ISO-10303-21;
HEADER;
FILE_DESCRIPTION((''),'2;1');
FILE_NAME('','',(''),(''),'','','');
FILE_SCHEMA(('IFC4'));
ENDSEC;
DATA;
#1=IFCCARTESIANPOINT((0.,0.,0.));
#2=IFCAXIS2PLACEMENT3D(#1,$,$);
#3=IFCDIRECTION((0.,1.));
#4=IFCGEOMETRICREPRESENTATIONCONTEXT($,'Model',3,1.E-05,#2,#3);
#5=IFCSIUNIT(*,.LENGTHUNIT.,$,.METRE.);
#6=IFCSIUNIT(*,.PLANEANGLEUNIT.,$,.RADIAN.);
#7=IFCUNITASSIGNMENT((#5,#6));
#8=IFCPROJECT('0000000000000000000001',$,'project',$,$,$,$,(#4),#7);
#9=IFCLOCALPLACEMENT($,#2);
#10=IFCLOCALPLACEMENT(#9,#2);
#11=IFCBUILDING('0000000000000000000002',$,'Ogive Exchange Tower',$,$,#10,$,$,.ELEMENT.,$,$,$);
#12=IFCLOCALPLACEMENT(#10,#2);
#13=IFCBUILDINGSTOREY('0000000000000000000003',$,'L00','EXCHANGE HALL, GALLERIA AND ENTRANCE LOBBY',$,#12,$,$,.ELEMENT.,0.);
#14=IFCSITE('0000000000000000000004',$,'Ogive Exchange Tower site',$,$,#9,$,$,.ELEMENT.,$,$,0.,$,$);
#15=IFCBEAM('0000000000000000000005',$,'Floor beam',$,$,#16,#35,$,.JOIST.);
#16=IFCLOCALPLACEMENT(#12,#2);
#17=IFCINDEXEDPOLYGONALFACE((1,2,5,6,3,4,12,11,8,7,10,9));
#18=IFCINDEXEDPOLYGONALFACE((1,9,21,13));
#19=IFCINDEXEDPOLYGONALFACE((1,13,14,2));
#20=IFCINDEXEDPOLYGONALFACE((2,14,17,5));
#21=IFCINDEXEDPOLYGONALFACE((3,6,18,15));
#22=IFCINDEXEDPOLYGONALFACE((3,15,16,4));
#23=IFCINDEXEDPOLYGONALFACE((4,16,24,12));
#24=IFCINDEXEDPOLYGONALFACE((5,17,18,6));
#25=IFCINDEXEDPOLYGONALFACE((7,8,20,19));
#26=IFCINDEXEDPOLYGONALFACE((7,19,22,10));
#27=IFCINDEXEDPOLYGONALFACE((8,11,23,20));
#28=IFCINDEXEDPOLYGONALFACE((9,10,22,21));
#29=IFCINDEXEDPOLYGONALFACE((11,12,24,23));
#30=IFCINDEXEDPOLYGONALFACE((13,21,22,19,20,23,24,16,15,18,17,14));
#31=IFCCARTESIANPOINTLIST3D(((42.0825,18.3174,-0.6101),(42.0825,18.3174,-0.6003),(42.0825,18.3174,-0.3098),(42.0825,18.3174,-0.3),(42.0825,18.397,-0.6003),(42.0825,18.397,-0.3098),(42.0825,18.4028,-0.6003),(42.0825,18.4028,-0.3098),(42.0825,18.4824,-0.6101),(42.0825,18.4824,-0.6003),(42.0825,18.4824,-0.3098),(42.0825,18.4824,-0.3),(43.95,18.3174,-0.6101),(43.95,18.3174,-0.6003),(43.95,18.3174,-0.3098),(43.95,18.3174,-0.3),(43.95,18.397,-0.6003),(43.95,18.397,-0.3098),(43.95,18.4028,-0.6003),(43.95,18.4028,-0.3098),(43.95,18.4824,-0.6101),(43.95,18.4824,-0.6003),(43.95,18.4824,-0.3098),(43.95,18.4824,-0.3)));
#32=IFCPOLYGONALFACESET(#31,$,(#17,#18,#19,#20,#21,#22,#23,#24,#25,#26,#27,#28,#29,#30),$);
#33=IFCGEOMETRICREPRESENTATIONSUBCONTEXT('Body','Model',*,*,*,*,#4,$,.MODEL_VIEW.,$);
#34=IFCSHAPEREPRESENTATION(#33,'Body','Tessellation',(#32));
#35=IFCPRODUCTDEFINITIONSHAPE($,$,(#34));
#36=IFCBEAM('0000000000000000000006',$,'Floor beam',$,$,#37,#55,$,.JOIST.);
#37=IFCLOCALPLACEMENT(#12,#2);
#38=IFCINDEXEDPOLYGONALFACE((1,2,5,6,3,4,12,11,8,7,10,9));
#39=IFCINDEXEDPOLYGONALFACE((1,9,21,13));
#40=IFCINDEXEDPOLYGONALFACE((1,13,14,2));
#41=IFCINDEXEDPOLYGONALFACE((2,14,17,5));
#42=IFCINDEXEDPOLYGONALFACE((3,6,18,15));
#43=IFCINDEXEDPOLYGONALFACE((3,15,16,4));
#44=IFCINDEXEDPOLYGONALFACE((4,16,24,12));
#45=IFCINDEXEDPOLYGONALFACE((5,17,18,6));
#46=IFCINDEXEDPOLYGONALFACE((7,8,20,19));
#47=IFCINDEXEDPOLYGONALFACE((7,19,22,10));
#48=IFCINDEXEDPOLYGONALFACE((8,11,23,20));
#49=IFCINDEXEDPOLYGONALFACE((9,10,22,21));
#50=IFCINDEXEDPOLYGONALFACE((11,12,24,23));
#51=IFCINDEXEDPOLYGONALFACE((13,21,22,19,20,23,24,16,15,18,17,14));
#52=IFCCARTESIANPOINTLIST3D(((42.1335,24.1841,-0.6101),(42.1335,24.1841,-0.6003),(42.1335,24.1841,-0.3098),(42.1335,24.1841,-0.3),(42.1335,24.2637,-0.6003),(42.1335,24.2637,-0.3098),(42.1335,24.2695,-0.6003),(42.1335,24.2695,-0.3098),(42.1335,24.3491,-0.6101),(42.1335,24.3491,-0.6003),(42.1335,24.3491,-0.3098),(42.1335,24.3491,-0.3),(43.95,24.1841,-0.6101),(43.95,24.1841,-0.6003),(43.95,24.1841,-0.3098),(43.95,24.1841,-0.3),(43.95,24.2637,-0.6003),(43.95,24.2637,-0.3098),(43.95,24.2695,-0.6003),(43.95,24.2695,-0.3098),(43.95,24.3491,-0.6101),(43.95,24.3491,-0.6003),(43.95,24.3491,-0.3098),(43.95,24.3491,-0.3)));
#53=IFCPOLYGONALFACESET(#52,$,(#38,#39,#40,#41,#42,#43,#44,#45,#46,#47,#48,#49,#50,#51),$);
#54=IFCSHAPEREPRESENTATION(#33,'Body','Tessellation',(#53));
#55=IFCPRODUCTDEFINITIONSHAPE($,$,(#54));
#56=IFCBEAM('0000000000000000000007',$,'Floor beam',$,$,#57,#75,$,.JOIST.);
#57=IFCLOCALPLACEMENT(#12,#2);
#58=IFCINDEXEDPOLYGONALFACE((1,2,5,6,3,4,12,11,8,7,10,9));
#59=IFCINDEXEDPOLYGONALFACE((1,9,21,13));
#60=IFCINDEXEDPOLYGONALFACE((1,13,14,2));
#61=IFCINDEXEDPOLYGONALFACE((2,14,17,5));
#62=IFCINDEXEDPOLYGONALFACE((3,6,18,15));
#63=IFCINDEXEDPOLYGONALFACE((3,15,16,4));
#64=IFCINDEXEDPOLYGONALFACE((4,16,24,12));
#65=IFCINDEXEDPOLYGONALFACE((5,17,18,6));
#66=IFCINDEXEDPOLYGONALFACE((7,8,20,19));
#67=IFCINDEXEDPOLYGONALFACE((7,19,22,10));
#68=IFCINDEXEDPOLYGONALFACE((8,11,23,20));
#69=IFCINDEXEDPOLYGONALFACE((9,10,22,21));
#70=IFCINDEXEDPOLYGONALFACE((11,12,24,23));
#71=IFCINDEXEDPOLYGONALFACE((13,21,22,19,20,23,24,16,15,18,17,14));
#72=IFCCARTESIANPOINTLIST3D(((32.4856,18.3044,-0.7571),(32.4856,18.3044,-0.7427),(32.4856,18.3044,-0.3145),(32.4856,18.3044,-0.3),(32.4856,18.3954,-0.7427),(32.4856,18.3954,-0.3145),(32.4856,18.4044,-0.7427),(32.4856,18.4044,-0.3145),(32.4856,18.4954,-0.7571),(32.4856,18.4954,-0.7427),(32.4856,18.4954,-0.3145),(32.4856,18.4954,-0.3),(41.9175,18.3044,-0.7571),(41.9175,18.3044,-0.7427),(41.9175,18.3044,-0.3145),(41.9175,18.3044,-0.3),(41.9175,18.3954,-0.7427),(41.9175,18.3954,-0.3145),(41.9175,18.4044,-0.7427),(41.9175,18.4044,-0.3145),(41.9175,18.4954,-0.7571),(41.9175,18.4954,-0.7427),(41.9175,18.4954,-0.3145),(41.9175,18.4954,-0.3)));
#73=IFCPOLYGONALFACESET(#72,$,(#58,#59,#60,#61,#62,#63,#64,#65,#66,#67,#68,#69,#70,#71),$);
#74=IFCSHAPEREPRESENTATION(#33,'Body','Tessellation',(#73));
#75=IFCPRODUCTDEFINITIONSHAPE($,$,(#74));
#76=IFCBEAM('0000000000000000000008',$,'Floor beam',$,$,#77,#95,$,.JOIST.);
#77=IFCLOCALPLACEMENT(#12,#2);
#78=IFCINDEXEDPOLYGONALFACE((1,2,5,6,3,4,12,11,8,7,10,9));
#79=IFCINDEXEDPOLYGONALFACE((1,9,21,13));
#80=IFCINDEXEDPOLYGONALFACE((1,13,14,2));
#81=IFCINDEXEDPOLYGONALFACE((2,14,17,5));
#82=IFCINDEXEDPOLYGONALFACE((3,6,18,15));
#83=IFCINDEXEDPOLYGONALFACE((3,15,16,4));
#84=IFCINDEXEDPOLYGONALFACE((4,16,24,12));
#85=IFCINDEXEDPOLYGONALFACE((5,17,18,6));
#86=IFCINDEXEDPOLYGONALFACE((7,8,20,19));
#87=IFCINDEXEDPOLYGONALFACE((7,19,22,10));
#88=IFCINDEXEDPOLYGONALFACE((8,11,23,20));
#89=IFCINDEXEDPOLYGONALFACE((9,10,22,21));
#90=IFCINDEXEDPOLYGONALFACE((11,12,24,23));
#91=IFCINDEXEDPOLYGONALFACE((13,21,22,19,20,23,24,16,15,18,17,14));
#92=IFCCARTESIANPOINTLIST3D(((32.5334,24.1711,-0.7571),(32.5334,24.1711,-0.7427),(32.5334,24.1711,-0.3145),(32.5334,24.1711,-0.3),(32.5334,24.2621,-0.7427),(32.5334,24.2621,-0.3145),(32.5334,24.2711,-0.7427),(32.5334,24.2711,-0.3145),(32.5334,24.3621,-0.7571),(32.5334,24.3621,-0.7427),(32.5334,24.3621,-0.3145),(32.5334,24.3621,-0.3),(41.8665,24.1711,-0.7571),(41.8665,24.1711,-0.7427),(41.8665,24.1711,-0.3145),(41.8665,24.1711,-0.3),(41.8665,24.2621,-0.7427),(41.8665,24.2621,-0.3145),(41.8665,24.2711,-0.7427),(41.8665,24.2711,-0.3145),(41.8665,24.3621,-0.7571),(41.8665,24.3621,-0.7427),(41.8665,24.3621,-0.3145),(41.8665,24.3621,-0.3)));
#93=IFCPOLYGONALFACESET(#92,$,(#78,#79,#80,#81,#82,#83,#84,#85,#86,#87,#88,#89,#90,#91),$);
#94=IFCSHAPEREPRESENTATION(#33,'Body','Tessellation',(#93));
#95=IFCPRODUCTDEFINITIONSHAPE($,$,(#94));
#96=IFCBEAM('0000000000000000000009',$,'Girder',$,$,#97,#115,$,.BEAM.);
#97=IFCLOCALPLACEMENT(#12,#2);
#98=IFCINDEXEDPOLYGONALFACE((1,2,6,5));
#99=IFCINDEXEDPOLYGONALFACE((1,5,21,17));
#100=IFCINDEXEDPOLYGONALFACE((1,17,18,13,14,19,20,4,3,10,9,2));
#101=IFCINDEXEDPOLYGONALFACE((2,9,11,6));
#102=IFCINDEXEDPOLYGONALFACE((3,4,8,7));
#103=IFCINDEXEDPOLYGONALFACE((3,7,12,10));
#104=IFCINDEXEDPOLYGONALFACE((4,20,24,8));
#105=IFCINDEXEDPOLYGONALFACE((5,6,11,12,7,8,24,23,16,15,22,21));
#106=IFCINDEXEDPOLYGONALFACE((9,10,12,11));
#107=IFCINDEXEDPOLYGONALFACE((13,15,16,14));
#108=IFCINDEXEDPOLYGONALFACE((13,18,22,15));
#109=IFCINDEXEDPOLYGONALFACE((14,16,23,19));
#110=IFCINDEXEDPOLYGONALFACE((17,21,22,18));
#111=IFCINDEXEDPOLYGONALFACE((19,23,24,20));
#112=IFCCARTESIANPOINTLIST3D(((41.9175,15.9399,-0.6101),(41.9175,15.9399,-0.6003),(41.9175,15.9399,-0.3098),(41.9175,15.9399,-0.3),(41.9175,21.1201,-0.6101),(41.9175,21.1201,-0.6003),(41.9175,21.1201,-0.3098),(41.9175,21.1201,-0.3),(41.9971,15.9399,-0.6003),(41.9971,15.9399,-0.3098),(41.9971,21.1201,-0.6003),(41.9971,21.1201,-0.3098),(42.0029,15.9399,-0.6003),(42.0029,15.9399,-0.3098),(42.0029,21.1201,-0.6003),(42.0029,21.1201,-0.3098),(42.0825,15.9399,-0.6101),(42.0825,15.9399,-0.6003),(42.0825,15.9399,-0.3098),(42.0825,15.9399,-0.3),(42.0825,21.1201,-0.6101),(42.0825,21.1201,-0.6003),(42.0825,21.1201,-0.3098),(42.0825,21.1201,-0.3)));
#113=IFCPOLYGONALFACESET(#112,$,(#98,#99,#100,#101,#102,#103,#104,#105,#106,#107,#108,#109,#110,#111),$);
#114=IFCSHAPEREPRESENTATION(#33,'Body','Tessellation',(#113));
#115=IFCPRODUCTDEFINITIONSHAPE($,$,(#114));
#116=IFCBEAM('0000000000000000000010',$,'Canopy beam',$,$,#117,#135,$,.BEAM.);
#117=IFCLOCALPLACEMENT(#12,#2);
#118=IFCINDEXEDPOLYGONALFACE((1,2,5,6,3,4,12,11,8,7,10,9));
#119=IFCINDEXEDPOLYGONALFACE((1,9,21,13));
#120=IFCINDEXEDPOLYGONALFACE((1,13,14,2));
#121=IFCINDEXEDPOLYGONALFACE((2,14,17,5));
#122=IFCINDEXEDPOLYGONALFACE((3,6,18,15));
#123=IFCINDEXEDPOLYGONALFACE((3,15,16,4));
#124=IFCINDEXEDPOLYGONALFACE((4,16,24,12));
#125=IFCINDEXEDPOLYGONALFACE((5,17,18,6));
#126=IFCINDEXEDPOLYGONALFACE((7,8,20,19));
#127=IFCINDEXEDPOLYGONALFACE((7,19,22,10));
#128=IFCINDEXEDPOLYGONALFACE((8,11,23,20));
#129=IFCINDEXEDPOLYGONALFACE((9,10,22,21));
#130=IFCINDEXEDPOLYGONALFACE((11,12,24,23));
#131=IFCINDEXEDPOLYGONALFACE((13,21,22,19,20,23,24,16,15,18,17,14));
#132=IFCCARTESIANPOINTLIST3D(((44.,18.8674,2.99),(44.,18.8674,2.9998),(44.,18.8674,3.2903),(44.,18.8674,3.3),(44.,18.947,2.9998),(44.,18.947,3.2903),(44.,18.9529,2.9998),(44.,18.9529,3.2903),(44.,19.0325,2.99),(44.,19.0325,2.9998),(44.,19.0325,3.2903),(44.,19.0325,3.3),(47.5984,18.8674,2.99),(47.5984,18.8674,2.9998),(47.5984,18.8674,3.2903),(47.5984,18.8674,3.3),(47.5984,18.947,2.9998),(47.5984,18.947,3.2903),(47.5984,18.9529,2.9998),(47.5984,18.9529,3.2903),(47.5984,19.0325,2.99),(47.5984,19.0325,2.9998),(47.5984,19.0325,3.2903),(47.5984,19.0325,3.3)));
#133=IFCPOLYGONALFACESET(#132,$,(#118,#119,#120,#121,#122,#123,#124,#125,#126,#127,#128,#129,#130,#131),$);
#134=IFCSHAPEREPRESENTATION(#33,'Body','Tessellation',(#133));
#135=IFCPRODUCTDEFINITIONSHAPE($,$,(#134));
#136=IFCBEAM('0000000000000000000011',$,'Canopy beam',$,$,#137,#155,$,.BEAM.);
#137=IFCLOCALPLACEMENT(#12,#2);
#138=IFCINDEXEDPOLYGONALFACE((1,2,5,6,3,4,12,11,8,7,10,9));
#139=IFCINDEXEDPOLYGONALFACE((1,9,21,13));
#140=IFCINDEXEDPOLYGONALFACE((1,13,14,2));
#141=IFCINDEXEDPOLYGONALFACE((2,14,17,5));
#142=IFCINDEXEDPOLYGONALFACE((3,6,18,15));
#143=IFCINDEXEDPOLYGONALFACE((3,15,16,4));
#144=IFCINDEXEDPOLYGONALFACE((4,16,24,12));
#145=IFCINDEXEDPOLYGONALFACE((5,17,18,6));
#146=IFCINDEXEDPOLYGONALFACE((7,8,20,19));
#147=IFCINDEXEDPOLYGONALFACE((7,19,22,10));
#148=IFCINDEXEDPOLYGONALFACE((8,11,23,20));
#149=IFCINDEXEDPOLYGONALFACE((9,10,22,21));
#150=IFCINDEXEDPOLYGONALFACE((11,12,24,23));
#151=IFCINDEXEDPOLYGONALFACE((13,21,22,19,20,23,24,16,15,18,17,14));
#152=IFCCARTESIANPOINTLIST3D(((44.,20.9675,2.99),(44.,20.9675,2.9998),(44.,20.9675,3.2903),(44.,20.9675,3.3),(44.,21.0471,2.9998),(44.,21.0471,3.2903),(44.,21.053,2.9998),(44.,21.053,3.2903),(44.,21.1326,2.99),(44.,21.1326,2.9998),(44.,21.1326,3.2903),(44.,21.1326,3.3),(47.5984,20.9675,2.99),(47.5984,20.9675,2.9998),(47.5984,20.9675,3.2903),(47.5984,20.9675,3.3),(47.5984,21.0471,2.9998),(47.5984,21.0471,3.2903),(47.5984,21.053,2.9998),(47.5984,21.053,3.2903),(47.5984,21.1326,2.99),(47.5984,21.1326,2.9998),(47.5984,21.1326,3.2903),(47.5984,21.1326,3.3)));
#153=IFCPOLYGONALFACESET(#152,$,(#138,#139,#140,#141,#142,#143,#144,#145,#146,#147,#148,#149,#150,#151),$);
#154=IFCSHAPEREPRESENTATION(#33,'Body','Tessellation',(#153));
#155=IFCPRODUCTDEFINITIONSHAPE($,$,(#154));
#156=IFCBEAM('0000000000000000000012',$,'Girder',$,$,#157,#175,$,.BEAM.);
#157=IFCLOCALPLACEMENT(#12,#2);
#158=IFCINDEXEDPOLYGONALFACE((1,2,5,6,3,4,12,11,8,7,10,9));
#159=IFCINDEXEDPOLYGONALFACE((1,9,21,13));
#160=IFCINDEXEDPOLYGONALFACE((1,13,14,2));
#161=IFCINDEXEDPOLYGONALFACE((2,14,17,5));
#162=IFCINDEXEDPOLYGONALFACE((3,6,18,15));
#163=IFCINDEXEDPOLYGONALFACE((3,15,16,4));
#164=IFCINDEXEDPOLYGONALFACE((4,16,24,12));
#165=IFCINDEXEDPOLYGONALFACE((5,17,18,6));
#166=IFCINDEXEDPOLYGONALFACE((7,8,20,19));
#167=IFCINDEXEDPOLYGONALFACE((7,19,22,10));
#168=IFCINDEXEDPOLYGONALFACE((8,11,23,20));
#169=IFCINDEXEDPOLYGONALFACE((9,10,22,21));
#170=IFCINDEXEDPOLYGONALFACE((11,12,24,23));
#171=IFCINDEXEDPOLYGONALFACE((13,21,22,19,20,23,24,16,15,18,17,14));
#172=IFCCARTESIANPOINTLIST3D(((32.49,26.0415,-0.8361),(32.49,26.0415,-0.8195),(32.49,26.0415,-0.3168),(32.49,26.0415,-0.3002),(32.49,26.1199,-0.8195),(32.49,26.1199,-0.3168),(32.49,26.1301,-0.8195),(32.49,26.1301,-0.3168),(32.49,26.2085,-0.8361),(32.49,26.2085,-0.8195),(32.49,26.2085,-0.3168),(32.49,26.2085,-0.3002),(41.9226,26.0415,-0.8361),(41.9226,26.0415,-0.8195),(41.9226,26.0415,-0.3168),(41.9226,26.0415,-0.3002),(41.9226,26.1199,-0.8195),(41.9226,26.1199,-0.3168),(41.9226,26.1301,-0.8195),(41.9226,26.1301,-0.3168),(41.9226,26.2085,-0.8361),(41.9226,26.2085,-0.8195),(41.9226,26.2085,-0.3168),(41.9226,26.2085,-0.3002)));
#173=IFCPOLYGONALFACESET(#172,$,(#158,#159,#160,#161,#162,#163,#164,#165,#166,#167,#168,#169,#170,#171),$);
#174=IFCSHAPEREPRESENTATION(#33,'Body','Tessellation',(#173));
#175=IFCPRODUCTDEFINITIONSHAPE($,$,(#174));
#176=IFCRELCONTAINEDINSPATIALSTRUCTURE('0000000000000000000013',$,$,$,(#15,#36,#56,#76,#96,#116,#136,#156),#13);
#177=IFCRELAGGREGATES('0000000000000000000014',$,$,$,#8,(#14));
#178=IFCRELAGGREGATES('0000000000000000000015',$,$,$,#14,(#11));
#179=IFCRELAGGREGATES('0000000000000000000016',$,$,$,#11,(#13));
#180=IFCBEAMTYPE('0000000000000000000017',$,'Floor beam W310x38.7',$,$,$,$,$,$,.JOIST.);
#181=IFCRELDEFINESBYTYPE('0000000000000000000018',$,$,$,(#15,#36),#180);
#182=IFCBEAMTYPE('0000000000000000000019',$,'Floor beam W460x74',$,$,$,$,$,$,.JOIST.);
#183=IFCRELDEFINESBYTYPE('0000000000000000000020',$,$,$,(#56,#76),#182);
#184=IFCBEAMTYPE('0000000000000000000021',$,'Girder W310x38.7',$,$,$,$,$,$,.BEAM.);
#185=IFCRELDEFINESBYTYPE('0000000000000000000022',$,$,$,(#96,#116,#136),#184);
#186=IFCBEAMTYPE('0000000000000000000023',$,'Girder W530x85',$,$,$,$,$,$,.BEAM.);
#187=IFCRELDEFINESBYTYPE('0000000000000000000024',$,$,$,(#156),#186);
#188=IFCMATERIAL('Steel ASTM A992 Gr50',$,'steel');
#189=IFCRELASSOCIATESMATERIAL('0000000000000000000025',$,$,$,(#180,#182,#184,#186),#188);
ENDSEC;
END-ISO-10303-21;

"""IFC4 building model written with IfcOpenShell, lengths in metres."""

from ifc_helpers import new_model, si_unit, direction, frame, origin, origin_2d, place, context, subcontext, project, spatial, i_section, extrude, material, material_profile, profile_set, type_object, element, save


model = new_model("IFC4")

# Units and contexts
model_context = context("Model", 3, precision=1e-05, world=origin(), true_north=direction((0.0, 1.0)))
body_context = subcontext(model_context, "Body", "Model", "MODEL_VIEW")
ifc_project = project(units=[si_unit("LENGTHUNIT", "METRE"), si_unit("PLANEANGLEUNIT", "RADIAN")], contexts=[model_context])

# Site, building, storey
site_placement = place(None, origin())
site = spatial("IfcSite", under=ifc_project, at=site_placement, Name="Ogive Exchange Tower site", CompositionType="ELEMENT", RefElevation=0.0)
building_placement = place(site_placement, origin())
building = spatial("IfcBuilding", under=site, at=building_placement, Name="Ogive Exchange Tower", CompositionType="ELEMENT")
storey_placement = place(building_placement, origin())
storey = spatial("IfcBuildingStorey", under=building, at=storey_placement, Name="L00", Description="EXCHANGE HALL, GALLERIA AND ENTRANCE LOBBY", CompositionType="ELEMENT", Elevation=0.0)

# Beams
ifc_material_1 = material(Name="Steel ASTM A992 Gr50", Category="steel")
ifc_material_profile_1 = material_profile(ifc_material_1, i_section(OverallWidth=0.165, OverallDepth=0.3101, WebThickness=0.0059, FlangeThickness=0.0098, at=origin_2d()), Name="W310x38.7")
ifc_profile_set_1 = profile_set([ifc_material_profile_1], Name="Steel ASTM A992 Gr50")
beam_type_1 = type_object("IfcBeamType", Name="Floor beam W310x38.7", PredefinedType="JOIST", material=ifc_profile_set_1)
beam_1_placement = place(storey_placement, frame((42.0825, 18.3999, -0.4551), z_axis=(1.0, 0.0, 0.0), x_axis=(0.0, 1.0, 0.0)))
element("IfcBeam", 1, at=beam_1_placement, inside=storey, type_object=beam_type_1, Name="Floor beam", PredefinedType="JOIST", context=body_context, shape_type="SweptSolid", body=[
    extrude(i_section(OverallWidth=0.165, OverallDepth=0.3101, WebThickness=0.0059, FlangeThickness=0.0098, at=origin_2d()), origin(), (0.0, 0.0, 1.0), 1.8674),
])
beam_2_placement = place(storey_placement, frame((42.1335, 24.2666, -0.4551), z_axis=(1.0, 0.0, 0.0), x_axis=(0.0, 1.0, 0.0)))
element("IfcBeam", 2, at=beam_2_placement, inside=storey, type_object=beam_type_1, Name="Floor beam", PredefinedType="JOIST", context=body_context, shape_type="SweptSolid", body=[
    extrude(i_section(OverallWidth=0.165, OverallDepth=0.3101, WebThickness=0.0059, FlangeThickness=0.0098, at=origin_2d()), origin(), (0.0, 0.0, 1.0), 1.8164),
])
ifc_material_profile_2 = material_profile(ifc_material_1, i_section(OverallWidth=0.1909, OverallDepth=0.457, WebThickness=0.009, FlangeThickness=0.0144, at=origin_2d()), Name="W460x74")
ifc_profile_set_2 = profile_set([ifc_material_profile_2], Name="Steel ASTM A992 Gr50")
beam_type_2 = type_object("IfcBeamType", Name="Floor beam W460x74", PredefinedType="JOIST", material=ifc_profile_set_2)
beam_3_placement = place(storey_placement, frame((32.4856, 18.3999, -0.5286), z_axis=(1.0, 0.0, 0.0), x_axis=(0.0, 1.0, 0.0)))
element("IfcBeam", 3, at=beam_3_placement, inside=storey, type_object=beam_type_2, Name="Floor beam", PredefinedType="JOIST", context=body_context, shape_type="SweptSolid", body=[
    extrude(i_section(OverallWidth=0.1909, OverallDepth=0.457, WebThickness=0.009, FlangeThickness=0.0144, at=origin_2d()), origin(), (0.0, 0.0, 1.0), 9.4319),
])
beam_4_placement = place(storey_placement, frame((32.5334, 24.2666, -0.5286), z_axis=(1.0, 0.0, 0.0), x_axis=(0.0, 1.0, 0.0)))
element("IfcBeam", 4, at=beam_4_placement, inside=storey, type_object=beam_type_2, Name="Floor beam", PredefinedType="JOIST", context=body_context, shape_type="SweptSolid", body=[
    extrude(i_section(OverallWidth=0.1909, OverallDepth=0.457, WebThickness=0.009, FlangeThickness=0.0144, at=origin_2d()), origin(), (0.0, 0.0, 1.0), 9.333),
])
ifc_material_profile_3 = material_profile(ifc_material_1, i_section(OverallWidth=0.165, OverallDepth=0.3101, WebThickness=0.0059, FlangeThickness=0.0098, at=origin_2d()), Name="W310x38.7")
ifc_profile_set_3 = profile_set([ifc_material_profile_3], Name="Steel ASTM A992 Gr50")
beam_type_3 = type_object("IfcBeamType", Name="Girder W310x38.7", PredefinedType="BEAM", material=ifc_profile_set_3)
beam_5_placement = place(storey_placement, frame((42.0, 15.9399, -0.4551), z_axis=(0.0, 1.0, 0.0), x_axis=(-1.0, 0.0, 0.0)))
element("IfcBeam", 5, at=beam_5_placement, inside=storey, type_object=beam_type_3, Name="Girder", PredefinedType="BEAM", context=body_context, shape_type="SweptSolid", body=[
    extrude(i_section(OverallWidth=0.165, OverallDepth=0.3101, WebThickness=0.0059, FlangeThickness=0.0098, at=origin_2d()), origin(), (0.0, 0.0, 1.0), 5.1802),
])
for number, where, z_axis, x_axis, name in (
    (6, (44.0, 18.95, 3.145), (1.0, 0.0, 0.0), (0.0, 1.0, 0.0), "Canopy beam"),
    (7, (44.0, 21.05, 3.145), (1.0, 0.0, 0.0), (0.0, 1.0, 0.0), "Canopy beam"),
):
    element("IfcBeam", number, at=place(storey_placement, frame(where, z_axis=z_axis, x_axis=x_axis)), inside=storey, type_object=beam_type_3, Name=name, PredefinedType="BEAM", context=body_context, shape_type="SweptSolid", body=[
        extrude(i_section(OverallWidth=0.165, OverallDepth=0.3101, WebThickness=0.0059, FlangeThickness=0.0098, at=origin_2d()), origin(), (0.0, 0.0, 1.0), 3.5984),
    ])
ifc_material_profile_4 = material_profile(ifc_material_1, i_section(OverallWidth=0.167, OverallDepth=0.5359, WebThickness=0.0103, FlangeThickness=0.0166, at=origin_2d()), Name="W530x85")
ifc_profile_set_4 = profile_set([ifc_material_profile_4], Name="Steel ASTM A992 Gr50")
beam_type_4 = type_object("IfcBeamType", Name="Girder W530x85", PredefinedType="BEAM", material=ifc_profile_set_4)
beam_6_placement = place(storey_placement, frame((32.49, 26.125, -0.5681), z_axis=(1.0, 0.0, 0.0), x_axis=(0.0, 1.0, 0.0)))
element("IfcBeam", 8, at=beam_6_placement, inside=storey, type_object=beam_type_4, Name="Girder", PredefinedType="BEAM", context=body_context, shape_type="SweptSolid", body=[
    extrude(i_section(OverallWidth=0.167, OverallDepth=0.5359, WebThickness=0.0103, FlangeThickness=0.0166, at=origin_2d()), origin(), (0.0, 0.0, 1.0), 9.4326),
])

save(model, "model.ifc")
